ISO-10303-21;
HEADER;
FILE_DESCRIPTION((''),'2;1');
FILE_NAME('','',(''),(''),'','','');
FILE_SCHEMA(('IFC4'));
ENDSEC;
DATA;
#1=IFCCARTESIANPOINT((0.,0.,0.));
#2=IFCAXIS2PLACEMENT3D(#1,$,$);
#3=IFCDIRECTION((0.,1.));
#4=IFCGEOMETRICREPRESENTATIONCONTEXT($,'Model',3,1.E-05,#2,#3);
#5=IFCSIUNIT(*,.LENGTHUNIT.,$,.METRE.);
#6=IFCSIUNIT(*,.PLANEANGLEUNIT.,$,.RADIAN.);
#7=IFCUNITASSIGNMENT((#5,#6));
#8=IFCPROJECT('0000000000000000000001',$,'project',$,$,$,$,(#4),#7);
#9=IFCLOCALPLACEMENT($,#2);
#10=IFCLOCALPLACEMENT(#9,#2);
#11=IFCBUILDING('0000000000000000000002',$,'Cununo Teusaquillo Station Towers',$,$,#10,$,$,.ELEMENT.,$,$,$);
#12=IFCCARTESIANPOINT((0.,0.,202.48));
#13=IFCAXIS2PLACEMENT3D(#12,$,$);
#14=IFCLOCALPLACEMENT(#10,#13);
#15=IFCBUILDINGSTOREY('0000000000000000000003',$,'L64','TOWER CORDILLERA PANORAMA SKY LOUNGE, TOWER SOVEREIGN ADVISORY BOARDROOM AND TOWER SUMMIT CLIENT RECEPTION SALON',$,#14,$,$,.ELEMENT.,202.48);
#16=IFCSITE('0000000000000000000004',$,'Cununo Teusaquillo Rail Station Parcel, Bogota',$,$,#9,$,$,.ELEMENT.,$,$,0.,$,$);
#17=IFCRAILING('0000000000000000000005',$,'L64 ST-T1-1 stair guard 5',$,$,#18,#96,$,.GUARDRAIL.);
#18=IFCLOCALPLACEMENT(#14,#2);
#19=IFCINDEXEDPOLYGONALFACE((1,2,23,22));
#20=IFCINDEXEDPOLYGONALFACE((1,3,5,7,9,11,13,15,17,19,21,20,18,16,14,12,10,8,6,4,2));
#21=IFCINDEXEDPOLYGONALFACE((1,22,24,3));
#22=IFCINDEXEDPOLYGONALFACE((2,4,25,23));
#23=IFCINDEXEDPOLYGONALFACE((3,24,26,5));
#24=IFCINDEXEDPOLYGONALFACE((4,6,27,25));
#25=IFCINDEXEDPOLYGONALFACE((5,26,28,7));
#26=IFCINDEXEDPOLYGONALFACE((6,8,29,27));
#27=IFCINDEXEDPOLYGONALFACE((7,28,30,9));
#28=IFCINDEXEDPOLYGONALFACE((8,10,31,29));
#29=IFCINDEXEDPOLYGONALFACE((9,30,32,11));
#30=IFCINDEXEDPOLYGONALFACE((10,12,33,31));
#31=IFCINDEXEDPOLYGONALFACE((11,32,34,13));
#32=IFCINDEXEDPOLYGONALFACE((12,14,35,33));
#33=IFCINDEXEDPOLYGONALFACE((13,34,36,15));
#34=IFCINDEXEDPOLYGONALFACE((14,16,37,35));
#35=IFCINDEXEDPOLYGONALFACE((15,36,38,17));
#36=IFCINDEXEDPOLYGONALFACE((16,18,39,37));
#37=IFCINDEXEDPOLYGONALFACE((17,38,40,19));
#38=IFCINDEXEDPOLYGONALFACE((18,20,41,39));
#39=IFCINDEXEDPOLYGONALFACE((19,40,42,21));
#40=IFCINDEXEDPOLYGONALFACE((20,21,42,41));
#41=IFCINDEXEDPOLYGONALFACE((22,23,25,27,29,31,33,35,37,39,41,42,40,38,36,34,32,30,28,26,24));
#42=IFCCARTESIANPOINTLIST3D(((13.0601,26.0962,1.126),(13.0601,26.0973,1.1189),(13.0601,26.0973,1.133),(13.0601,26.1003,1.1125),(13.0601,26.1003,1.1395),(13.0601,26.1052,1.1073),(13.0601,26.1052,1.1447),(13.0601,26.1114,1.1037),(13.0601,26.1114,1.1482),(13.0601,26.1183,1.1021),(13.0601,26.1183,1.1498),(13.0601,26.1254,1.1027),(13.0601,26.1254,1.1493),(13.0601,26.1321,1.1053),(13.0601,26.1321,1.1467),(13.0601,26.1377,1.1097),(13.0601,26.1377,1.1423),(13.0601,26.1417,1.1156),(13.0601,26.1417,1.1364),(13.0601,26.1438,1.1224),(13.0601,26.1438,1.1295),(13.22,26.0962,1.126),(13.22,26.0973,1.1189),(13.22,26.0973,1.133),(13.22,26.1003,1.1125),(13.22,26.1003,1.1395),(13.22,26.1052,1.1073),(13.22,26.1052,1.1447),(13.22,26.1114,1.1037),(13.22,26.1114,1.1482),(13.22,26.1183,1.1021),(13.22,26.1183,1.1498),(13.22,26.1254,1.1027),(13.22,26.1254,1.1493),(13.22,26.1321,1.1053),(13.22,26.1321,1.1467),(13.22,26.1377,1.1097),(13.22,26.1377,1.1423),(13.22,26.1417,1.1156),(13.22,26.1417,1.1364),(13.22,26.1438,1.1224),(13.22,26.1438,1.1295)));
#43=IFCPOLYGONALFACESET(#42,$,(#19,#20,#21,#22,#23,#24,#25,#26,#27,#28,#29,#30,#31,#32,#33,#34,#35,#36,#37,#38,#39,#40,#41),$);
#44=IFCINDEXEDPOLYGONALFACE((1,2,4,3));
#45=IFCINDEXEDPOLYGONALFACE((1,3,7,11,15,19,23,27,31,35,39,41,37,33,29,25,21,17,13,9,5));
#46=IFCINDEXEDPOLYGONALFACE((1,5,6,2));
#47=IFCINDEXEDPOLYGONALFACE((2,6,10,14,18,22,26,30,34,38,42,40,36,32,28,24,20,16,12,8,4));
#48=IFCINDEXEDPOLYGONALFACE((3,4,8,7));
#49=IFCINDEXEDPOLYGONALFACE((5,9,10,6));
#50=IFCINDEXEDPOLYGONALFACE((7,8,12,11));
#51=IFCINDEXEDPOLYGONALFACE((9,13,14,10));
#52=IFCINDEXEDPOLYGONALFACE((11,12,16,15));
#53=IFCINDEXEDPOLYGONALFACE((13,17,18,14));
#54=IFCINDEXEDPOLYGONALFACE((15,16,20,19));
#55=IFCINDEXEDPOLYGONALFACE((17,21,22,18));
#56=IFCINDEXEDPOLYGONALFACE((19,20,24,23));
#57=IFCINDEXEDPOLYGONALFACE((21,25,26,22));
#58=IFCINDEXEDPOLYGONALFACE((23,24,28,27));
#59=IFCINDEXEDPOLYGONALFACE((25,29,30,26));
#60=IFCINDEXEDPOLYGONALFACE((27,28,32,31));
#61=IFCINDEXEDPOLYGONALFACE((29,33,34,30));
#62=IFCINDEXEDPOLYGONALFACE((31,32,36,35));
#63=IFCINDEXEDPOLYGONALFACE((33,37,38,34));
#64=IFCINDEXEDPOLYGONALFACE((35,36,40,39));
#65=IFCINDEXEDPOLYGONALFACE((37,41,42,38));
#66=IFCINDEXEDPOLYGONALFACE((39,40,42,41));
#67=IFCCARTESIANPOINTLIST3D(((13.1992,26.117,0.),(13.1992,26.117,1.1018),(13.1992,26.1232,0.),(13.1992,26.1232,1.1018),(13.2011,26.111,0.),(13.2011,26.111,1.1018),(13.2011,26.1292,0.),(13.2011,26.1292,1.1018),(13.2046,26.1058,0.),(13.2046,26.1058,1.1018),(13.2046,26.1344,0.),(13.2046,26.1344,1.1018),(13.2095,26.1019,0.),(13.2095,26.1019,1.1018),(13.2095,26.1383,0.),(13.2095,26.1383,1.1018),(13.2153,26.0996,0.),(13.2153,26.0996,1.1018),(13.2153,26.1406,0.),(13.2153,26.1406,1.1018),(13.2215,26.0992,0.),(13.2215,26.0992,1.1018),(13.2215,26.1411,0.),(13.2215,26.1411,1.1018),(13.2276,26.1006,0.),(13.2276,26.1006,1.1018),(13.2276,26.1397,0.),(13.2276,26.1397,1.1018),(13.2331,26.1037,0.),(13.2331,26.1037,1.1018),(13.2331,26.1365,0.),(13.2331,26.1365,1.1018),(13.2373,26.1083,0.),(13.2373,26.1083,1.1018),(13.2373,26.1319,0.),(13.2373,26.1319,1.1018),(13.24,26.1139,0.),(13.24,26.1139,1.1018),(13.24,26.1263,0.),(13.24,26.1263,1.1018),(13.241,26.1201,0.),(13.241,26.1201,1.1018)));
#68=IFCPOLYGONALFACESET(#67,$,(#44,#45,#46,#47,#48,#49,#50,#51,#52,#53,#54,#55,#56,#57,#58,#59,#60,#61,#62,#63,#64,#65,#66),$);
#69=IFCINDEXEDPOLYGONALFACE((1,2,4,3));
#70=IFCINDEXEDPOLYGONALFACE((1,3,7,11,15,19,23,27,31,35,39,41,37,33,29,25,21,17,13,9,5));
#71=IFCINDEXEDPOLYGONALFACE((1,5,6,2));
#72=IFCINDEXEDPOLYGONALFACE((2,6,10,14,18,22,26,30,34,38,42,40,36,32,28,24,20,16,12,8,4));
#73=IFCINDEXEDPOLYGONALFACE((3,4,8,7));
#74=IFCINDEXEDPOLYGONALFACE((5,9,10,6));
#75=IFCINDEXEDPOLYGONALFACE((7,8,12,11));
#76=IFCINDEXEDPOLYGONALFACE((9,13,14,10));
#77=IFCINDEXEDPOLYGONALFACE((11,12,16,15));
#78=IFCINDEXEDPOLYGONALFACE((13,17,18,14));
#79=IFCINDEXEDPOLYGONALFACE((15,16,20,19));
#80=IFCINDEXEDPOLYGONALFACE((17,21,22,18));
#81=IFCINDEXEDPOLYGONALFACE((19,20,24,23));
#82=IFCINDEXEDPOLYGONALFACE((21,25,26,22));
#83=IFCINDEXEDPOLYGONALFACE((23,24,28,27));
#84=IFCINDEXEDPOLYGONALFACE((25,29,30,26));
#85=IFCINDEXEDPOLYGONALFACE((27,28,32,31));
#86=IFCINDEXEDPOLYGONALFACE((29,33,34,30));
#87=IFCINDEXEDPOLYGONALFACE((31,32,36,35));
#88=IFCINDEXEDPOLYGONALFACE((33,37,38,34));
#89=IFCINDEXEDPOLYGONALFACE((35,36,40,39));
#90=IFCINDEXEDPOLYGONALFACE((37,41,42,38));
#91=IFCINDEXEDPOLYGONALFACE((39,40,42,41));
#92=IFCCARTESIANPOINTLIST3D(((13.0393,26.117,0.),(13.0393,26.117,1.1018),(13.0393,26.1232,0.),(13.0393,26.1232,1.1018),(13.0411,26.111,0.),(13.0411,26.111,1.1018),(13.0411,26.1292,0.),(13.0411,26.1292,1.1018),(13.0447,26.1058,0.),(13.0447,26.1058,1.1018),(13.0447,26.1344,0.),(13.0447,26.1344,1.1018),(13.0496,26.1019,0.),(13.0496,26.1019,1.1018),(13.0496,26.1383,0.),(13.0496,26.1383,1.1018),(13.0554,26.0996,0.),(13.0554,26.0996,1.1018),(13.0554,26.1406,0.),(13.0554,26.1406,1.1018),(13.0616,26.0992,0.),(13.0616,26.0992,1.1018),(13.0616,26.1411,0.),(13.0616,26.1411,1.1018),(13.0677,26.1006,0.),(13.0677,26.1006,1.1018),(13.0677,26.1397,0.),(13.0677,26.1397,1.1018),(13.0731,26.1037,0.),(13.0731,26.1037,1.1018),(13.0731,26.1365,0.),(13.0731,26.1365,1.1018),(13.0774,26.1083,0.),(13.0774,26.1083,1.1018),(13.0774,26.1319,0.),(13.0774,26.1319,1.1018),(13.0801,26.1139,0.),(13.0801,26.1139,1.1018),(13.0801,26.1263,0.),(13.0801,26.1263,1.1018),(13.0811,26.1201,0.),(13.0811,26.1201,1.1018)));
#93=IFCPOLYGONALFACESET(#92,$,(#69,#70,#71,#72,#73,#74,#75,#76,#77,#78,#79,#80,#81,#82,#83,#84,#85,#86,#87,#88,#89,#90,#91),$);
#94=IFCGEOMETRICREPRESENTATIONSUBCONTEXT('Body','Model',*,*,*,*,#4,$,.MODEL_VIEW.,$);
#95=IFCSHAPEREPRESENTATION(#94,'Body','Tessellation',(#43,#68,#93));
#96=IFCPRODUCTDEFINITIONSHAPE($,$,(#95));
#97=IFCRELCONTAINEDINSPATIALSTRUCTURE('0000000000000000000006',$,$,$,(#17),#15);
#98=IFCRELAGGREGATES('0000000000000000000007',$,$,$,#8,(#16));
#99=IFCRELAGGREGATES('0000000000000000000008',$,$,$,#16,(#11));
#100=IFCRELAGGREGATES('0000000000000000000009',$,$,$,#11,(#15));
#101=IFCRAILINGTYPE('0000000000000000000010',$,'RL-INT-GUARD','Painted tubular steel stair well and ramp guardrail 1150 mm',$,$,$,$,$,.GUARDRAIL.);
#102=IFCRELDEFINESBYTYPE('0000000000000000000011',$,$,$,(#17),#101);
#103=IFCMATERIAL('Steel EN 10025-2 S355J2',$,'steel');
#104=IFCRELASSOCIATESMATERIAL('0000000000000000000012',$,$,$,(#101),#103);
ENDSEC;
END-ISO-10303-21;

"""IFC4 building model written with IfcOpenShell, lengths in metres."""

from ifc_helpers import new_model, si_unit, direction, frame, origin, origin_2d, place, context, subcontext, project, spatial, circle, extrude, material, type_object, element, save


model = new_model("IFC4")

# Units and contexts
model_context = context("Model", 3, precision=1e-05, world=origin(), true_north=direction((0.0, 1.0)))
body_context = subcontext(model_context, "Body", "Model", "MODEL_VIEW")
ifc_project = project(units=[si_unit("LENGTHUNIT", "METRE"), si_unit("PLANEANGLEUNIT", "RADIAN")], contexts=[model_context])

# Site, building, storey
site_placement = place(None, origin())
site = spatial("IfcSite", under=ifc_project, at=site_placement, Name="Cununo Teusaquillo Rail Station Parcel, Bogota", CompositionType="ELEMENT", RefElevation=0.0)
building_placement = place(site_placement, origin())
building = spatial("IfcBuilding", under=site, at=building_placement, Name="Cununo Teusaquillo Station Towers", CompositionType="ELEMENT")
storey_placement = place(building_placement, frame((0.0, 0.0, 202.48)))
storey = spatial("IfcBuildingStorey", under=building, at=storey_placement, Name="L64", Description="TOWER CORDILLERA PANORAMA SKY LOUNGE, TOWER SOVEREIGN ADVISORY BOARDROOM AND TOWER SUMMIT CLIENT RECEPTION SALON", CompositionType="ELEMENT", Elevation=202.48)

# Railing
ifc_material_1 = material(Name="Steel EN 10025-2 S355J2", Category="steel")
railing_type_1 = type_object("IfcRailingType", Name="RL-INT-GUARD", Description="Painted tubular steel stair well and ramp guardrail 1150 mm", PredefinedType="GUARDRAIL", material=ifc_material_1)
railing_1_placement = place(storey_placement, frame((13.22, 26.1201, 0.0)))
element("IfcRailing", 1, at=railing_1_placement, inside=storey, type_object=railing_type_1, Name="L64 ST-T1-1 stair guard 5", PredefinedType="GUARDRAIL", context=body_context, shape_type="SweptSolid", body=[
    extrude(circle(Radius=0.0239, at=origin_2d()), frame((0.0, 0.0, 1.126), z_axis=(-1.0, 0.0, 0.0), x_axis=(0.0, -1.0, 0.0)), (0.0, 0.0, 1.0), 0.1599),
    extrude(circle(Radius=0.021, at=origin_2d()), origin(), (0.0, 0.0, 1.0), 1.1018),
    extrude(circle(Radius=0.021, at=origin_2d()), frame((-0.1599, 0.0, 0.0)), (0.0, 0.0, 1.0), 1.1018),
])

save(model, "model.ifc")
